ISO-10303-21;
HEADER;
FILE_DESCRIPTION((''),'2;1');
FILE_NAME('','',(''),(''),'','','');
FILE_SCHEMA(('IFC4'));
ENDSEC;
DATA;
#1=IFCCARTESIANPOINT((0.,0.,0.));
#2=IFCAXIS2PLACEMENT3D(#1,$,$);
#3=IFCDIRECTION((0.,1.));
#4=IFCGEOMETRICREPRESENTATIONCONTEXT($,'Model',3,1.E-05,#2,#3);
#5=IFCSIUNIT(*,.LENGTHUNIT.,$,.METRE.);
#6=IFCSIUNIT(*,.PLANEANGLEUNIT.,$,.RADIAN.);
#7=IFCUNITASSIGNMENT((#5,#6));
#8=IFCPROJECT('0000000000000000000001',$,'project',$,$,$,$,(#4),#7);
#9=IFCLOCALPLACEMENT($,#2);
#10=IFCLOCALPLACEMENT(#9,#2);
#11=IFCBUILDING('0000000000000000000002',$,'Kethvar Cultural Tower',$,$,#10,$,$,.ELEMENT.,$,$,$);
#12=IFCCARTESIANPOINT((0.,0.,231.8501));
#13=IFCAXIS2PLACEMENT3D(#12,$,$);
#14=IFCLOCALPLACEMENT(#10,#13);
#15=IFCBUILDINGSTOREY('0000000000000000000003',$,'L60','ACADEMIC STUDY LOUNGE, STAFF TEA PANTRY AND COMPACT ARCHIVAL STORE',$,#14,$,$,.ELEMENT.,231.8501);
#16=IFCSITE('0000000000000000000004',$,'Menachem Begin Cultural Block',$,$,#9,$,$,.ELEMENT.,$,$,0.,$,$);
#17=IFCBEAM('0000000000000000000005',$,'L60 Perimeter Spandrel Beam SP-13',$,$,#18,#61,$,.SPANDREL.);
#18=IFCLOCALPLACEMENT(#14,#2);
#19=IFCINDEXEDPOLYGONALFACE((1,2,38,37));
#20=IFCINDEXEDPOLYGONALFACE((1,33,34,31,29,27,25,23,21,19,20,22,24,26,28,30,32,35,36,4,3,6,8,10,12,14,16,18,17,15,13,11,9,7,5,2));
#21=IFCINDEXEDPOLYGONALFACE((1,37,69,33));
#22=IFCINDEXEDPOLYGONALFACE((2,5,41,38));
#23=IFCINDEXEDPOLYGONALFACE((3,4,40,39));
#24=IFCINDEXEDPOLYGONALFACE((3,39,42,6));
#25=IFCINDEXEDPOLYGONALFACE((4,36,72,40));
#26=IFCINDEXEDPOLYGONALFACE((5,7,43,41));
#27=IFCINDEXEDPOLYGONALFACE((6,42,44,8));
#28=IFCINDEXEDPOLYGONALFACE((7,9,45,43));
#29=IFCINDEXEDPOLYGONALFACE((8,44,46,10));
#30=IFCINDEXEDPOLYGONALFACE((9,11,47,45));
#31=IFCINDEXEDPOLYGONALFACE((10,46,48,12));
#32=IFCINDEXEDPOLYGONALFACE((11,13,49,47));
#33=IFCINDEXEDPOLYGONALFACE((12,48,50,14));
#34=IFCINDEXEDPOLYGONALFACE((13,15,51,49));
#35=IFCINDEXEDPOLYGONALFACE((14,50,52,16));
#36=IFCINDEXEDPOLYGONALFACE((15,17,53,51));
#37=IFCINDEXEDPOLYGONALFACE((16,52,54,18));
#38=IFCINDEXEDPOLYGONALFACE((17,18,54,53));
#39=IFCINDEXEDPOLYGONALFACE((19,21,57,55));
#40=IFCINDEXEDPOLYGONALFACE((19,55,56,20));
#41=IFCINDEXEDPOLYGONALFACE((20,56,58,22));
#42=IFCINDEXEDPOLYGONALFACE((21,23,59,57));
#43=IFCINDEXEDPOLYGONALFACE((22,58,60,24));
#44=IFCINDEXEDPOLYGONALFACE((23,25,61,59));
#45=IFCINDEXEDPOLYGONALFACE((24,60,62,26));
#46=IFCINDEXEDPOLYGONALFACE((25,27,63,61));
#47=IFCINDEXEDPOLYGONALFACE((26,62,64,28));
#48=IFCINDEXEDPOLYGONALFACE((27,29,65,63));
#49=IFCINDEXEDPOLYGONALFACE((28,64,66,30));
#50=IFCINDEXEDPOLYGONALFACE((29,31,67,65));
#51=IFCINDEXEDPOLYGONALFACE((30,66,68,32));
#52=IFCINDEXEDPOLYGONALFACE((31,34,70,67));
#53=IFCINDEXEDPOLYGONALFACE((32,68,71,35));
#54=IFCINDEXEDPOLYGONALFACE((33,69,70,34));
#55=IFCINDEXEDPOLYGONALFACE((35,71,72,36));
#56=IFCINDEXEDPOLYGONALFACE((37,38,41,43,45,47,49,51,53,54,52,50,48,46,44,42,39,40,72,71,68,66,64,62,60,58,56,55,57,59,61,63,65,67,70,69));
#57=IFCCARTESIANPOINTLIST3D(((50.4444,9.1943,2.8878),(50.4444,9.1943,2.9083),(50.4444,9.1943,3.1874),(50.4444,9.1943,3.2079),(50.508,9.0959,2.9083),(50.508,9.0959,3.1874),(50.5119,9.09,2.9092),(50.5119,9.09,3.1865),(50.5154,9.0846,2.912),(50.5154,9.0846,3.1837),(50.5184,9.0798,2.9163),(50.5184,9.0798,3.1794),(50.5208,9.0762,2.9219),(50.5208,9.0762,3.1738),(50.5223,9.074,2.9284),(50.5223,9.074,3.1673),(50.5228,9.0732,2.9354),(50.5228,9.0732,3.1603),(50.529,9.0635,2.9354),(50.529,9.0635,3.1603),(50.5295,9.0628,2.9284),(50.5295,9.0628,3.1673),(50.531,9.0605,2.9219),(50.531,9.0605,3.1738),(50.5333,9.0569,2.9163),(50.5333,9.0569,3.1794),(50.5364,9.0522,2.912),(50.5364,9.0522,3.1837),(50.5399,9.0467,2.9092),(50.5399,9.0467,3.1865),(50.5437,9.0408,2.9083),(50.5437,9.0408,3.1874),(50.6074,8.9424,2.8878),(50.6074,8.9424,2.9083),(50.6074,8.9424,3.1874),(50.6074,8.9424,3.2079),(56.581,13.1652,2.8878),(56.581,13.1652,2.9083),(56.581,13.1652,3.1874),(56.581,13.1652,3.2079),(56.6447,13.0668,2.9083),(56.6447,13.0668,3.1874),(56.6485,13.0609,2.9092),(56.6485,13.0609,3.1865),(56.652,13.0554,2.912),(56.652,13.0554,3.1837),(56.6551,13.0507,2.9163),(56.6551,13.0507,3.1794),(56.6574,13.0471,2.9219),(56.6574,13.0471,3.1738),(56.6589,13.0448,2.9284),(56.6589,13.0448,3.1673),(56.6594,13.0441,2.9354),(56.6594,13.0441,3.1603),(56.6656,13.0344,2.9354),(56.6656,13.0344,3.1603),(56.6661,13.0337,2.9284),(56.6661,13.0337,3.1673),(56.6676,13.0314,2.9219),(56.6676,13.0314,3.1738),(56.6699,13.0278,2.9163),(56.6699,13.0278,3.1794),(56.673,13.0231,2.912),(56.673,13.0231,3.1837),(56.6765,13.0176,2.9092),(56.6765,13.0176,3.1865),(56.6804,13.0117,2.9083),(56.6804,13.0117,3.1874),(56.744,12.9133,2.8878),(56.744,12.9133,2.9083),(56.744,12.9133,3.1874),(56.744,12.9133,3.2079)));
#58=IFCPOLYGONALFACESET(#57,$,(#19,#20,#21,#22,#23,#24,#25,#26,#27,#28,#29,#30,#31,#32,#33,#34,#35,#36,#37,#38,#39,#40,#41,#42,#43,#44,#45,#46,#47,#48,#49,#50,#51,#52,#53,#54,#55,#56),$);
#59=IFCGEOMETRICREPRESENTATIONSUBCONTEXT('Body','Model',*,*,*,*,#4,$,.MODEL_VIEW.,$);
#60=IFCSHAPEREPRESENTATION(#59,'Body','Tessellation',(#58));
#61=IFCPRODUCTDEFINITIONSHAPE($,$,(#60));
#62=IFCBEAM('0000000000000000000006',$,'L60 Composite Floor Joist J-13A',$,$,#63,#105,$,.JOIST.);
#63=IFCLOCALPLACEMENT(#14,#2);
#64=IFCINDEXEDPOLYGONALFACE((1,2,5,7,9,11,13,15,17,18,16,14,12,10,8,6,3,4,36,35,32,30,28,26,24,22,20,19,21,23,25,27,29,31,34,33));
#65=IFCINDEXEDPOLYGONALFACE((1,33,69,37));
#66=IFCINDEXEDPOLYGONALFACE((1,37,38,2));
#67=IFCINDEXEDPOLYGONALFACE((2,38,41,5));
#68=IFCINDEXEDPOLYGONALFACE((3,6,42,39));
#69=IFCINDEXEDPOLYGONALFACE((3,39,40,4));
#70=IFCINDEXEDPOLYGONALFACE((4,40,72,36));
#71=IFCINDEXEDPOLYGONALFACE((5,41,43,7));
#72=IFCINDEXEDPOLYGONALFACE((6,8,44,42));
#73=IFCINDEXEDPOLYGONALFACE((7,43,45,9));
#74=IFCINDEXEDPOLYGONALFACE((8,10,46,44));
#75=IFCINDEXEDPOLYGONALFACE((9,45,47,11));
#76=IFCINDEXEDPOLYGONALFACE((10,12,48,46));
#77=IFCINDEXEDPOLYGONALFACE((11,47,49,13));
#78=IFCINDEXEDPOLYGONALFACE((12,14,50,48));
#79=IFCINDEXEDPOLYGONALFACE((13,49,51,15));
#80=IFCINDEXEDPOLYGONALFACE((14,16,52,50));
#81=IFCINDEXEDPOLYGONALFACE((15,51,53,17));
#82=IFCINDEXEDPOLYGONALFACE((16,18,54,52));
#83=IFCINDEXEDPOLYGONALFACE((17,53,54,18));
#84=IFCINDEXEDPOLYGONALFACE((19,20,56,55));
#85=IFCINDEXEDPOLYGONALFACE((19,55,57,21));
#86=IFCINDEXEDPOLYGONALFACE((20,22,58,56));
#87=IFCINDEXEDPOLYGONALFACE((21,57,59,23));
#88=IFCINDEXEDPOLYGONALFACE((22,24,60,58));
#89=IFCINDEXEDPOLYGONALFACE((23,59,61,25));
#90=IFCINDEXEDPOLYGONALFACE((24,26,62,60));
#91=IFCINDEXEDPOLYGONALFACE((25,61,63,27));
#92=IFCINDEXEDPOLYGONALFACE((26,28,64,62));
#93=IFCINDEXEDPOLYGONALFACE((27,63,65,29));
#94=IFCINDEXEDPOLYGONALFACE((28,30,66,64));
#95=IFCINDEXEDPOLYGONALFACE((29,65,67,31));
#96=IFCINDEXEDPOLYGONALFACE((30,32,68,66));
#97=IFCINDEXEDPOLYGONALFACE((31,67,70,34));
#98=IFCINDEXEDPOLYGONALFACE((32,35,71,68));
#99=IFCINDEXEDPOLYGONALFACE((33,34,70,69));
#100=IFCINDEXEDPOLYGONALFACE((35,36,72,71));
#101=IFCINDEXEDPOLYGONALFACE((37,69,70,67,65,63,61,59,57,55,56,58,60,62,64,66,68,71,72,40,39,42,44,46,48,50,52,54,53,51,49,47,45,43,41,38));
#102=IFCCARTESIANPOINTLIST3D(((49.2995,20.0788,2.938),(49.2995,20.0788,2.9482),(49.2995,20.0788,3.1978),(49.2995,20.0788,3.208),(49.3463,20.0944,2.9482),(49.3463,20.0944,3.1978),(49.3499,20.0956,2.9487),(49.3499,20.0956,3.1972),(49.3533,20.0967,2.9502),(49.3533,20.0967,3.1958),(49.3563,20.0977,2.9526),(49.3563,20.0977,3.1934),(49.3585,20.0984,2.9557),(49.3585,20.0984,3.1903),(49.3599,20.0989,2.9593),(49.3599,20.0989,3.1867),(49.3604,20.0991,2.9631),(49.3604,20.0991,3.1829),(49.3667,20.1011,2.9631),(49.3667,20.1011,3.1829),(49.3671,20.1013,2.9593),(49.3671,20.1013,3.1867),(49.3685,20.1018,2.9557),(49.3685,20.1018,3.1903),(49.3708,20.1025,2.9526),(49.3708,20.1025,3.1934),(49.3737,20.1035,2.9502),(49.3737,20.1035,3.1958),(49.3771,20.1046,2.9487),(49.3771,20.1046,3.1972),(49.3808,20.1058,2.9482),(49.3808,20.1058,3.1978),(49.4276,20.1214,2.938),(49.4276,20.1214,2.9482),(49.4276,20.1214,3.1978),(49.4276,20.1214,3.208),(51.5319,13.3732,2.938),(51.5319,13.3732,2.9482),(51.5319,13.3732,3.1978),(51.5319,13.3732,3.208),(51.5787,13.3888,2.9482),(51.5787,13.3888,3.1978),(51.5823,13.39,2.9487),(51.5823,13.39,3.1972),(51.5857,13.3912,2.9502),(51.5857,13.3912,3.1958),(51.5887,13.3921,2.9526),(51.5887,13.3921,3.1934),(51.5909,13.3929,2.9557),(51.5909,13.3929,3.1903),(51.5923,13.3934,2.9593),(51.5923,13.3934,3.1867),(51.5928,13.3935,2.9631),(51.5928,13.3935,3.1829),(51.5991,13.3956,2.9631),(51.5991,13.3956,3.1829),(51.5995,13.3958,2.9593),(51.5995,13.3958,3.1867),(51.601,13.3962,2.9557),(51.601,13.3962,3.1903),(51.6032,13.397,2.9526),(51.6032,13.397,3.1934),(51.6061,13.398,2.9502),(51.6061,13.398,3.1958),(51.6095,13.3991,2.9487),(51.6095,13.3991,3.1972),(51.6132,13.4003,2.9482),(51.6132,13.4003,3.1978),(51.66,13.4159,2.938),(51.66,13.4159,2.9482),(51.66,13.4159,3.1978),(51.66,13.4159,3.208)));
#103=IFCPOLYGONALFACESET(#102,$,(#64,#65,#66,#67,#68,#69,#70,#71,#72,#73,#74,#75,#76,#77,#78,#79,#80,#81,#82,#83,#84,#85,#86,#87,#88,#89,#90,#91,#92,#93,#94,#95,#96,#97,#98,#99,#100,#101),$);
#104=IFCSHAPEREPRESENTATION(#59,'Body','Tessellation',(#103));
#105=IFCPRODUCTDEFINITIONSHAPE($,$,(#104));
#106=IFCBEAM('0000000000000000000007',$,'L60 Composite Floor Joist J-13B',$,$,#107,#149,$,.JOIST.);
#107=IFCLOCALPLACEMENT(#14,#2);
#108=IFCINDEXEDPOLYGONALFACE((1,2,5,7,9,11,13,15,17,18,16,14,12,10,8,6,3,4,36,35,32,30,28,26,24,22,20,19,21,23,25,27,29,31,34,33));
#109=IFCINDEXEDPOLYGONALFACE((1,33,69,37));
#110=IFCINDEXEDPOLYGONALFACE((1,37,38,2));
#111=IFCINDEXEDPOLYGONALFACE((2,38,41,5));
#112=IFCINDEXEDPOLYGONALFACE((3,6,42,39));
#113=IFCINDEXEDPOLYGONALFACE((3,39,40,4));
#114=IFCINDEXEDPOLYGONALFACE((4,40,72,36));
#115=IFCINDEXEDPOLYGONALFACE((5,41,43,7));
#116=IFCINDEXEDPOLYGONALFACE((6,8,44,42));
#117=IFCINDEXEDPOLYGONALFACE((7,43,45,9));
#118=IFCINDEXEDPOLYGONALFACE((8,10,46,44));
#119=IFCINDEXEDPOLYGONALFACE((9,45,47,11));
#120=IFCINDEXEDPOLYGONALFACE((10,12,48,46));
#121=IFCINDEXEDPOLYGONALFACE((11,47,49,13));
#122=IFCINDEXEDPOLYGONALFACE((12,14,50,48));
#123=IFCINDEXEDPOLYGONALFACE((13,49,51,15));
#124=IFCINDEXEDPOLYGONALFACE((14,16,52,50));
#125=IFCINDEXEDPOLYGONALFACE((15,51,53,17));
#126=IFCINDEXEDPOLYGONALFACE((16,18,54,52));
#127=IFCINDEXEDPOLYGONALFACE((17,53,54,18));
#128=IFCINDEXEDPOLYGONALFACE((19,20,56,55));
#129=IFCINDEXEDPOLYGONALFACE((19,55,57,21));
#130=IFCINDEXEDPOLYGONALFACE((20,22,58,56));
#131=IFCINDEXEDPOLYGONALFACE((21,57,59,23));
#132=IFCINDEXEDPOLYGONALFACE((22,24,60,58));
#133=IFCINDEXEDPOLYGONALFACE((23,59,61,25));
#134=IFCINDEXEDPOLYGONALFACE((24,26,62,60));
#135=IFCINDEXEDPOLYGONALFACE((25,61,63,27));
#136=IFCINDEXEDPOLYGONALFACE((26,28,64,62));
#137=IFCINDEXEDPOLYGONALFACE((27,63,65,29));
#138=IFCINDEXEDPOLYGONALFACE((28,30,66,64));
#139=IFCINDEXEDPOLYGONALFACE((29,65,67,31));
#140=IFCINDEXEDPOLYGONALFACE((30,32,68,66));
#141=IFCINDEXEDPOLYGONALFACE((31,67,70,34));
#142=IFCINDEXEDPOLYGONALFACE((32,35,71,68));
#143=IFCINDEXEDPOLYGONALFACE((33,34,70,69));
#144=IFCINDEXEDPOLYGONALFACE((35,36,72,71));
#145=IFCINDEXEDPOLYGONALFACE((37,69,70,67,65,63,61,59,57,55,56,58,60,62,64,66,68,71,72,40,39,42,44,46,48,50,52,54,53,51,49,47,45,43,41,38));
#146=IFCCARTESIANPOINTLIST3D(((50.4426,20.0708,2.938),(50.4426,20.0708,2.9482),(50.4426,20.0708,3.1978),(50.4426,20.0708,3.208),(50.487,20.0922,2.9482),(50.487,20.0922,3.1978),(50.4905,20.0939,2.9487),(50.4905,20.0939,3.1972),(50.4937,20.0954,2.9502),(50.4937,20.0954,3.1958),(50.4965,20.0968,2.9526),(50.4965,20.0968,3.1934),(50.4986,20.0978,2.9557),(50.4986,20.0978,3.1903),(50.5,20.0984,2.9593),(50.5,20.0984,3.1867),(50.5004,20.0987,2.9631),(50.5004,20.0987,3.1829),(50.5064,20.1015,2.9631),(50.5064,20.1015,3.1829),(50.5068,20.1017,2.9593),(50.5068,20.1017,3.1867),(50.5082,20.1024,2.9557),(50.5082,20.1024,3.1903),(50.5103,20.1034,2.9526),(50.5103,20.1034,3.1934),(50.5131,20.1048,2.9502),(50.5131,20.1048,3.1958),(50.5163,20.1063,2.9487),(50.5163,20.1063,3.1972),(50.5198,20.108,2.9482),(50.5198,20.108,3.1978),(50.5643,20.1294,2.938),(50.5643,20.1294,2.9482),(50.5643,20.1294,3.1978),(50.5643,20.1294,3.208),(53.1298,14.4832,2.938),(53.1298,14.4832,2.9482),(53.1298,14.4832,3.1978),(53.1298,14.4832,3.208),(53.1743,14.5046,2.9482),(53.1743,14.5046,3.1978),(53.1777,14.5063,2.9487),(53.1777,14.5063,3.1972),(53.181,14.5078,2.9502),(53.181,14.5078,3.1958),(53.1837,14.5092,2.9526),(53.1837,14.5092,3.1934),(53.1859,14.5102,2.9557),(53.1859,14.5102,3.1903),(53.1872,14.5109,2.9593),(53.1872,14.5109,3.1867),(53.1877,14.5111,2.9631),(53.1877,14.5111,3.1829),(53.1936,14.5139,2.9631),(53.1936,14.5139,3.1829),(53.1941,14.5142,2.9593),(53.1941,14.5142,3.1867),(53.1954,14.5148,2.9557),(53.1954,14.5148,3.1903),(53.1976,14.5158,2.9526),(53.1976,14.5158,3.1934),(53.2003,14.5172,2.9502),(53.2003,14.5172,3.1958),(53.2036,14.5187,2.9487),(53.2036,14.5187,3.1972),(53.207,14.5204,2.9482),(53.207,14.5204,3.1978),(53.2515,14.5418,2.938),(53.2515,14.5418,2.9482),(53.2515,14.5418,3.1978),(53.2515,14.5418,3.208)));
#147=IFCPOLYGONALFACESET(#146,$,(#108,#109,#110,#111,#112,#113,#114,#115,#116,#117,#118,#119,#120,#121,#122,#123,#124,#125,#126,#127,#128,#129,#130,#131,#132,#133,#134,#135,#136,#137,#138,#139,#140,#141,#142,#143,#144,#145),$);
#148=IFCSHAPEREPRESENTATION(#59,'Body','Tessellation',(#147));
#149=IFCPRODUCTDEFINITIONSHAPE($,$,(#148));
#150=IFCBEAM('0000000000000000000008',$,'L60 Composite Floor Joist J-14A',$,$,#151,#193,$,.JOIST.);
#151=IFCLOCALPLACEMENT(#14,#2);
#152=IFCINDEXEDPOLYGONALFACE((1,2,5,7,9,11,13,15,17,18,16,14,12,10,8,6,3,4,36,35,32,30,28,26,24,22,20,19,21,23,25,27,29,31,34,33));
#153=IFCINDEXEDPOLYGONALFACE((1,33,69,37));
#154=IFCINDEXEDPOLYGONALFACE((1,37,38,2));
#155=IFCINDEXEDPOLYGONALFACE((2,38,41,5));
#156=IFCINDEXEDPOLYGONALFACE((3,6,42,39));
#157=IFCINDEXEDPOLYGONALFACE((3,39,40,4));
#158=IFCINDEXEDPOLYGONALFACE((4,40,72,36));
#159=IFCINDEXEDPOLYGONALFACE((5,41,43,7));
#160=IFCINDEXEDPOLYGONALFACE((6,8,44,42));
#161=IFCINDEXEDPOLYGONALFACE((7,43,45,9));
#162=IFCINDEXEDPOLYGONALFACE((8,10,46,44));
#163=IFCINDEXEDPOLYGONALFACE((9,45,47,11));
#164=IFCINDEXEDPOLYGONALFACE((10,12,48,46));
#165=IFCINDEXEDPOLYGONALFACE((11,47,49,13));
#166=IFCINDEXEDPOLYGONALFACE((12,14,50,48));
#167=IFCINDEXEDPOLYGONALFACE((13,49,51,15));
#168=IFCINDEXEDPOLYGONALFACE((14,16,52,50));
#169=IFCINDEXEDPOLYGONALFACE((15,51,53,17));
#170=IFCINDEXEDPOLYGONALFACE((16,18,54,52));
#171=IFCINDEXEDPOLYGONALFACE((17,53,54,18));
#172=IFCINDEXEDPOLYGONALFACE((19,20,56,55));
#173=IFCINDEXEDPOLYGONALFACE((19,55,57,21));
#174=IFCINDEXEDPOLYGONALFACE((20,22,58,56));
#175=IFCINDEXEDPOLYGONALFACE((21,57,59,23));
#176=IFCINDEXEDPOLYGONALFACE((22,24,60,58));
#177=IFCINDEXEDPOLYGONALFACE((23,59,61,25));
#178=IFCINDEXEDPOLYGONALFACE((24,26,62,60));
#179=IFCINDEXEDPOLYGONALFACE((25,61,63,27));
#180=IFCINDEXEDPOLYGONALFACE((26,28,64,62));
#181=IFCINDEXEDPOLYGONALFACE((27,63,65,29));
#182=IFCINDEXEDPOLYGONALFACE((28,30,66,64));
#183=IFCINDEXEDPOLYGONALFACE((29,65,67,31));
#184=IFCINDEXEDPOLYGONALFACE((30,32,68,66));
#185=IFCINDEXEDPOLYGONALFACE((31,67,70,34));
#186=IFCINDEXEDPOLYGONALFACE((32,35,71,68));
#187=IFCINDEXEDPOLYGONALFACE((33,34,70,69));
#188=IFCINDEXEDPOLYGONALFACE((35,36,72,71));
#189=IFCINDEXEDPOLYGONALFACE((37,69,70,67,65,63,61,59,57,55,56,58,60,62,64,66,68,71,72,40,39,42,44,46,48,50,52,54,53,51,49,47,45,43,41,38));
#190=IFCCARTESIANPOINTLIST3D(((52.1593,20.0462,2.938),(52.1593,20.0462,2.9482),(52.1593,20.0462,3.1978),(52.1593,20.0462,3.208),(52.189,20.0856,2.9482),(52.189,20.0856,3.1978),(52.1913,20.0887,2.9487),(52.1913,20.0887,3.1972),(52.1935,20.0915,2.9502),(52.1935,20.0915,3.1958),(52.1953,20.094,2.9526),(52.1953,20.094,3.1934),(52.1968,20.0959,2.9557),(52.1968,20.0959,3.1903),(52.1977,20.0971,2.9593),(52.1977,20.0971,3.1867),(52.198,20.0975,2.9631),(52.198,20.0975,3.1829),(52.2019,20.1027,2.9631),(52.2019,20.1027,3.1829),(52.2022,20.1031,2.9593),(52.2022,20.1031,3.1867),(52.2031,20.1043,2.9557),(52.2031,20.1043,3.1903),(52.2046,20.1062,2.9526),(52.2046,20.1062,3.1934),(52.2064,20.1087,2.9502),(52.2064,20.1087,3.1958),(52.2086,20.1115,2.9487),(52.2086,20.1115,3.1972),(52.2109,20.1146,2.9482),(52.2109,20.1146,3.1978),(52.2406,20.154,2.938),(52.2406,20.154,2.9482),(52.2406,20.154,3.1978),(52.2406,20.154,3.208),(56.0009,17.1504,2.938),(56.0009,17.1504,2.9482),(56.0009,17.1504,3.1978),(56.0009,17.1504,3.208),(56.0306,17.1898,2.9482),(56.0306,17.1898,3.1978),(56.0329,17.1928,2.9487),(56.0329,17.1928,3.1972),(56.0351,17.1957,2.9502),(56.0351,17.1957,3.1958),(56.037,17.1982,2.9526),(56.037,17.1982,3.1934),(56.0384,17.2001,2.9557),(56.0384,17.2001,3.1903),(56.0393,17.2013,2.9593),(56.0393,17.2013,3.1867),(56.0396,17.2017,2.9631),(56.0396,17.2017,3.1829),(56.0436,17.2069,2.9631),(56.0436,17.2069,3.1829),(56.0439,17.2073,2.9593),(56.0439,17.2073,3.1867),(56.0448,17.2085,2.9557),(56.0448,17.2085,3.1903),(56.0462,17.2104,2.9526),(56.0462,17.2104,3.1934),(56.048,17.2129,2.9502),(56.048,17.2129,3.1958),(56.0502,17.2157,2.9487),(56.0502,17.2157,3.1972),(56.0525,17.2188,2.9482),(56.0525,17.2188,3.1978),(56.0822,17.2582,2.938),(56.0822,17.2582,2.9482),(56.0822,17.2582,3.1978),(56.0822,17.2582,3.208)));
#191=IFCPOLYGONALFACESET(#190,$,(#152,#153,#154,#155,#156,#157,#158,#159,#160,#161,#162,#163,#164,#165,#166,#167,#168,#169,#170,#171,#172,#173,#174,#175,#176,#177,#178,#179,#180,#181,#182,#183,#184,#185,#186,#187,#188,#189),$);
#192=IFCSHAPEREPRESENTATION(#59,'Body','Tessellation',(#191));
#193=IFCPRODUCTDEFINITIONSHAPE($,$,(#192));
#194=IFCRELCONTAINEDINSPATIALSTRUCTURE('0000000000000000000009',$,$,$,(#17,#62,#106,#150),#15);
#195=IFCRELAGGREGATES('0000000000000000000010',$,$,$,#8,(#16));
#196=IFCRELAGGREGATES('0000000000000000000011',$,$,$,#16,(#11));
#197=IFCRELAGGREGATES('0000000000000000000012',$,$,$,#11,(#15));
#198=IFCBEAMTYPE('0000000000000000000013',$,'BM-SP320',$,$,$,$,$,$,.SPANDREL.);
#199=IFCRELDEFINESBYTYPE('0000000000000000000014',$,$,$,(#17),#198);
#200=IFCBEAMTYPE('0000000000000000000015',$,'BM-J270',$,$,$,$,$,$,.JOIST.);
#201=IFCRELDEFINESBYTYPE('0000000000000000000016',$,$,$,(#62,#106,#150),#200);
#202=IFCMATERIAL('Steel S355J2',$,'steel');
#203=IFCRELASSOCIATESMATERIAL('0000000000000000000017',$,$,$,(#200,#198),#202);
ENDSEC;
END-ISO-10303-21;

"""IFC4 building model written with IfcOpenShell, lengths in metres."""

from ifc_helpers import new_model, si_unit, direction, frame, origin, origin_2d, place, context, subcontext, project, spatial, i_section, extrude, source, transform, mapped, material, material_profile, profile_set, type_object, element, save


model = new_model("IFC4")

# Units and contexts
model_context = context("Model", 3, precision=1e-05, world=origin(), true_north=direction((0.0, 1.0)))
body_context = subcontext(model_context, "Body", "Model", "MODEL_VIEW")
ifc_project = project(units=[si_unit("LENGTHUNIT", "METRE"), si_unit("PLANEANGLEUNIT", "RADIAN")], contexts=[model_context])

# Site, building, storey
site_placement = place(None, origin())
site = spatial("IfcSite", under=ifc_project, at=site_placement, Name="Menachem Begin Cultural Block", CompositionType="ELEMENT", RefElevation=0.0)
building_placement = place(site_placement, origin())
building = spatial("IfcBuilding", under=site, at=building_placement, Name="Kethvar Cultural Tower", CompositionType="ELEMENT")
storey_placement = place(building_placement, frame((0.0, 0.0, 231.8501)))
storey = spatial("IfcBuildingStorey", under=building, at=storey_placement, Name="L60", Description="ACADEMIC STUDY LOUNGE, STAFF TEA PANTRY AND COMPACT ARCHIVAL STORE", CompositionType="ELEMENT", Elevation=231.8501)

# Beams
ifc_material_1 = material(Name="Steel S355J2", Category="steel")
ifc_material_profile_1 = material_profile(ifc_material_1, i_section(OverallWidth=0.135, OverallDepth=0.27, WebThickness=0.0066, FlangeThickness=0.0103, FilletRadius=0.0149, at=origin_2d()), Name="Steel S355J2 — IPE270")
ifc_profile_set_1 = profile_set([ifc_material_profile_1], Name="Steel S355J2 — IPE270")
beam_type_1 = type_object("IfcBeamType", Name="BM-J270", PredefinedType="JOIST", material=ifc_profile_set_1)
ifc_material_profile_2 = material_profile(ifc_material_1, i_section(OverallWidth=0.3, OverallDepth=0.3201, WebThickness=0.0115, FlangeThickness=0.0205, FilletRadius=0.0271, at=origin_2d()), Name="Steel S355J2 — HEB320")
ifc_profile_set_2 = profile_set([ifc_material_profile_2], Name="Steel S355J2 — HEB320")
beam_type_2 = type_object("IfcBeamType", Name="BM-SP320", PredefinedType="SPANDREL", material=ifc_profile_set_2)
shared_shape_1 = source(origin(), body_context, "Body", "SweptSolid", [
    extrude(i_section(OverallWidth=0.3, OverallDepth=0.3201, WebThickness=0.0115, FlangeThickness=0.0205, FilletRadius=0.0271, at=origin_2d()), origin(), (0.0, 0.0, 1.0), 7.3093),
])
beam_1_placement = place(storey_placement, frame((50.5259, 9.0684, 3.0479), z_axis=(0.839562, 0.543264, 0.0), x_axis=(-0.543264, 0.839562, 0.0)))
element("IfcBeam", 1, at=beam_1_placement, inside=storey, type_object=beam_type_2, Name="L60 Perimeter Spandrel Beam SP-13", PredefinedType="SPANDREL", context=body_context, shape_type="MappedRepresentation", body=[
    mapped(shared_shape_1, transform((0.0, 0.0, 0.0), scale=1.0)),
])
shared_shape_2 = source(origin(), body_context, "Body", "SweptSolid", [
    extrude(i_section(OverallWidth=0.135, OverallDepth=0.27, WebThickness=0.0066, FlangeThickness=0.0103, FilletRadius=0.0149, at=origin_2d()), origin(), (0.0, 0.0, 1.0), 7.0674),
])
beam_2_placement = place(storey_placement, frame((49.3635, 20.1001, 3.073), z_axis=(0.315875, -0.948801, 0.0), x_axis=(0.948801, 0.315875, 0.0)))
element("IfcBeam", 2, at=beam_2_placement, inside=storey, type_object=beam_type_1, Name="L60 Composite Floor Joist J-13A", PredefinedType="JOIST", context=body_context, shape_type="MappedRepresentation", body=[
    mapped(shared_shape_2, transform((0.0, 0.0, 0.0), scale=1.0)),
])
shared_shape_3 = source(origin(), body_context, "Body", "SweptSolid", [
    extrude(i_section(OverallWidth=0.135, OverallDepth=0.27, WebThickness=0.0066, FlangeThickness=0.0103, FilletRadius=0.0149, at=origin_2d()), origin(), (0.0, 0.0, 1.0), 6.2002),
])
beam_3_placement = place(storey_placement, frame((50.5034, 20.1001, 3.073), z_axis=(0.433411, -0.901197, 0.0), x_axis=(0.901197, 0.433411, 0.0)))
element("IfcBeam", 3, at=beam_3_placement, inside=storey, type_object=beam_type_1, Name="L60 Composite Floor Joist J-13B", PredefinedType="JOIST", context=body_context, shape_type="MappedRepresentation", body=[
    mapped(shared_shape_3, transform((0.0, 0.0, 0.0), scale=1.0)),
])
shared_shape_4 = source(origin(), body_context, "Body", "SweptSolid", [
    extrude(i_section(OverallWidth=0.135, OverallDepth=0.27, WebThickness=0.0066, FlangeThickness=0.0103, FilletRadius=0.0149, at=origin_2d()), origin(), (0.0, 0.0, 1.0), 4.8108),
])
beam_4_placement = place(storey_placement, frame((52.2, 20.1001, 3.073), z_axis=(0.798542, -0.601939, 0.0), x_axis=(0.601939, 0.798542, 0.0)))
element("IfcBeam", 4, at=beam_4_placement, inside=storey, type_object=beam_type_1, Name="L60 Composite Floor Joist J-14A", PredefinedType="JOIST", context=body_context, shape_type="MappedRepresentation", body=[
    mapped(shared_shape_4, transform((0.0, 0.0, 0.0), scale=1.0)),
])

save(model, "model.ifc")
